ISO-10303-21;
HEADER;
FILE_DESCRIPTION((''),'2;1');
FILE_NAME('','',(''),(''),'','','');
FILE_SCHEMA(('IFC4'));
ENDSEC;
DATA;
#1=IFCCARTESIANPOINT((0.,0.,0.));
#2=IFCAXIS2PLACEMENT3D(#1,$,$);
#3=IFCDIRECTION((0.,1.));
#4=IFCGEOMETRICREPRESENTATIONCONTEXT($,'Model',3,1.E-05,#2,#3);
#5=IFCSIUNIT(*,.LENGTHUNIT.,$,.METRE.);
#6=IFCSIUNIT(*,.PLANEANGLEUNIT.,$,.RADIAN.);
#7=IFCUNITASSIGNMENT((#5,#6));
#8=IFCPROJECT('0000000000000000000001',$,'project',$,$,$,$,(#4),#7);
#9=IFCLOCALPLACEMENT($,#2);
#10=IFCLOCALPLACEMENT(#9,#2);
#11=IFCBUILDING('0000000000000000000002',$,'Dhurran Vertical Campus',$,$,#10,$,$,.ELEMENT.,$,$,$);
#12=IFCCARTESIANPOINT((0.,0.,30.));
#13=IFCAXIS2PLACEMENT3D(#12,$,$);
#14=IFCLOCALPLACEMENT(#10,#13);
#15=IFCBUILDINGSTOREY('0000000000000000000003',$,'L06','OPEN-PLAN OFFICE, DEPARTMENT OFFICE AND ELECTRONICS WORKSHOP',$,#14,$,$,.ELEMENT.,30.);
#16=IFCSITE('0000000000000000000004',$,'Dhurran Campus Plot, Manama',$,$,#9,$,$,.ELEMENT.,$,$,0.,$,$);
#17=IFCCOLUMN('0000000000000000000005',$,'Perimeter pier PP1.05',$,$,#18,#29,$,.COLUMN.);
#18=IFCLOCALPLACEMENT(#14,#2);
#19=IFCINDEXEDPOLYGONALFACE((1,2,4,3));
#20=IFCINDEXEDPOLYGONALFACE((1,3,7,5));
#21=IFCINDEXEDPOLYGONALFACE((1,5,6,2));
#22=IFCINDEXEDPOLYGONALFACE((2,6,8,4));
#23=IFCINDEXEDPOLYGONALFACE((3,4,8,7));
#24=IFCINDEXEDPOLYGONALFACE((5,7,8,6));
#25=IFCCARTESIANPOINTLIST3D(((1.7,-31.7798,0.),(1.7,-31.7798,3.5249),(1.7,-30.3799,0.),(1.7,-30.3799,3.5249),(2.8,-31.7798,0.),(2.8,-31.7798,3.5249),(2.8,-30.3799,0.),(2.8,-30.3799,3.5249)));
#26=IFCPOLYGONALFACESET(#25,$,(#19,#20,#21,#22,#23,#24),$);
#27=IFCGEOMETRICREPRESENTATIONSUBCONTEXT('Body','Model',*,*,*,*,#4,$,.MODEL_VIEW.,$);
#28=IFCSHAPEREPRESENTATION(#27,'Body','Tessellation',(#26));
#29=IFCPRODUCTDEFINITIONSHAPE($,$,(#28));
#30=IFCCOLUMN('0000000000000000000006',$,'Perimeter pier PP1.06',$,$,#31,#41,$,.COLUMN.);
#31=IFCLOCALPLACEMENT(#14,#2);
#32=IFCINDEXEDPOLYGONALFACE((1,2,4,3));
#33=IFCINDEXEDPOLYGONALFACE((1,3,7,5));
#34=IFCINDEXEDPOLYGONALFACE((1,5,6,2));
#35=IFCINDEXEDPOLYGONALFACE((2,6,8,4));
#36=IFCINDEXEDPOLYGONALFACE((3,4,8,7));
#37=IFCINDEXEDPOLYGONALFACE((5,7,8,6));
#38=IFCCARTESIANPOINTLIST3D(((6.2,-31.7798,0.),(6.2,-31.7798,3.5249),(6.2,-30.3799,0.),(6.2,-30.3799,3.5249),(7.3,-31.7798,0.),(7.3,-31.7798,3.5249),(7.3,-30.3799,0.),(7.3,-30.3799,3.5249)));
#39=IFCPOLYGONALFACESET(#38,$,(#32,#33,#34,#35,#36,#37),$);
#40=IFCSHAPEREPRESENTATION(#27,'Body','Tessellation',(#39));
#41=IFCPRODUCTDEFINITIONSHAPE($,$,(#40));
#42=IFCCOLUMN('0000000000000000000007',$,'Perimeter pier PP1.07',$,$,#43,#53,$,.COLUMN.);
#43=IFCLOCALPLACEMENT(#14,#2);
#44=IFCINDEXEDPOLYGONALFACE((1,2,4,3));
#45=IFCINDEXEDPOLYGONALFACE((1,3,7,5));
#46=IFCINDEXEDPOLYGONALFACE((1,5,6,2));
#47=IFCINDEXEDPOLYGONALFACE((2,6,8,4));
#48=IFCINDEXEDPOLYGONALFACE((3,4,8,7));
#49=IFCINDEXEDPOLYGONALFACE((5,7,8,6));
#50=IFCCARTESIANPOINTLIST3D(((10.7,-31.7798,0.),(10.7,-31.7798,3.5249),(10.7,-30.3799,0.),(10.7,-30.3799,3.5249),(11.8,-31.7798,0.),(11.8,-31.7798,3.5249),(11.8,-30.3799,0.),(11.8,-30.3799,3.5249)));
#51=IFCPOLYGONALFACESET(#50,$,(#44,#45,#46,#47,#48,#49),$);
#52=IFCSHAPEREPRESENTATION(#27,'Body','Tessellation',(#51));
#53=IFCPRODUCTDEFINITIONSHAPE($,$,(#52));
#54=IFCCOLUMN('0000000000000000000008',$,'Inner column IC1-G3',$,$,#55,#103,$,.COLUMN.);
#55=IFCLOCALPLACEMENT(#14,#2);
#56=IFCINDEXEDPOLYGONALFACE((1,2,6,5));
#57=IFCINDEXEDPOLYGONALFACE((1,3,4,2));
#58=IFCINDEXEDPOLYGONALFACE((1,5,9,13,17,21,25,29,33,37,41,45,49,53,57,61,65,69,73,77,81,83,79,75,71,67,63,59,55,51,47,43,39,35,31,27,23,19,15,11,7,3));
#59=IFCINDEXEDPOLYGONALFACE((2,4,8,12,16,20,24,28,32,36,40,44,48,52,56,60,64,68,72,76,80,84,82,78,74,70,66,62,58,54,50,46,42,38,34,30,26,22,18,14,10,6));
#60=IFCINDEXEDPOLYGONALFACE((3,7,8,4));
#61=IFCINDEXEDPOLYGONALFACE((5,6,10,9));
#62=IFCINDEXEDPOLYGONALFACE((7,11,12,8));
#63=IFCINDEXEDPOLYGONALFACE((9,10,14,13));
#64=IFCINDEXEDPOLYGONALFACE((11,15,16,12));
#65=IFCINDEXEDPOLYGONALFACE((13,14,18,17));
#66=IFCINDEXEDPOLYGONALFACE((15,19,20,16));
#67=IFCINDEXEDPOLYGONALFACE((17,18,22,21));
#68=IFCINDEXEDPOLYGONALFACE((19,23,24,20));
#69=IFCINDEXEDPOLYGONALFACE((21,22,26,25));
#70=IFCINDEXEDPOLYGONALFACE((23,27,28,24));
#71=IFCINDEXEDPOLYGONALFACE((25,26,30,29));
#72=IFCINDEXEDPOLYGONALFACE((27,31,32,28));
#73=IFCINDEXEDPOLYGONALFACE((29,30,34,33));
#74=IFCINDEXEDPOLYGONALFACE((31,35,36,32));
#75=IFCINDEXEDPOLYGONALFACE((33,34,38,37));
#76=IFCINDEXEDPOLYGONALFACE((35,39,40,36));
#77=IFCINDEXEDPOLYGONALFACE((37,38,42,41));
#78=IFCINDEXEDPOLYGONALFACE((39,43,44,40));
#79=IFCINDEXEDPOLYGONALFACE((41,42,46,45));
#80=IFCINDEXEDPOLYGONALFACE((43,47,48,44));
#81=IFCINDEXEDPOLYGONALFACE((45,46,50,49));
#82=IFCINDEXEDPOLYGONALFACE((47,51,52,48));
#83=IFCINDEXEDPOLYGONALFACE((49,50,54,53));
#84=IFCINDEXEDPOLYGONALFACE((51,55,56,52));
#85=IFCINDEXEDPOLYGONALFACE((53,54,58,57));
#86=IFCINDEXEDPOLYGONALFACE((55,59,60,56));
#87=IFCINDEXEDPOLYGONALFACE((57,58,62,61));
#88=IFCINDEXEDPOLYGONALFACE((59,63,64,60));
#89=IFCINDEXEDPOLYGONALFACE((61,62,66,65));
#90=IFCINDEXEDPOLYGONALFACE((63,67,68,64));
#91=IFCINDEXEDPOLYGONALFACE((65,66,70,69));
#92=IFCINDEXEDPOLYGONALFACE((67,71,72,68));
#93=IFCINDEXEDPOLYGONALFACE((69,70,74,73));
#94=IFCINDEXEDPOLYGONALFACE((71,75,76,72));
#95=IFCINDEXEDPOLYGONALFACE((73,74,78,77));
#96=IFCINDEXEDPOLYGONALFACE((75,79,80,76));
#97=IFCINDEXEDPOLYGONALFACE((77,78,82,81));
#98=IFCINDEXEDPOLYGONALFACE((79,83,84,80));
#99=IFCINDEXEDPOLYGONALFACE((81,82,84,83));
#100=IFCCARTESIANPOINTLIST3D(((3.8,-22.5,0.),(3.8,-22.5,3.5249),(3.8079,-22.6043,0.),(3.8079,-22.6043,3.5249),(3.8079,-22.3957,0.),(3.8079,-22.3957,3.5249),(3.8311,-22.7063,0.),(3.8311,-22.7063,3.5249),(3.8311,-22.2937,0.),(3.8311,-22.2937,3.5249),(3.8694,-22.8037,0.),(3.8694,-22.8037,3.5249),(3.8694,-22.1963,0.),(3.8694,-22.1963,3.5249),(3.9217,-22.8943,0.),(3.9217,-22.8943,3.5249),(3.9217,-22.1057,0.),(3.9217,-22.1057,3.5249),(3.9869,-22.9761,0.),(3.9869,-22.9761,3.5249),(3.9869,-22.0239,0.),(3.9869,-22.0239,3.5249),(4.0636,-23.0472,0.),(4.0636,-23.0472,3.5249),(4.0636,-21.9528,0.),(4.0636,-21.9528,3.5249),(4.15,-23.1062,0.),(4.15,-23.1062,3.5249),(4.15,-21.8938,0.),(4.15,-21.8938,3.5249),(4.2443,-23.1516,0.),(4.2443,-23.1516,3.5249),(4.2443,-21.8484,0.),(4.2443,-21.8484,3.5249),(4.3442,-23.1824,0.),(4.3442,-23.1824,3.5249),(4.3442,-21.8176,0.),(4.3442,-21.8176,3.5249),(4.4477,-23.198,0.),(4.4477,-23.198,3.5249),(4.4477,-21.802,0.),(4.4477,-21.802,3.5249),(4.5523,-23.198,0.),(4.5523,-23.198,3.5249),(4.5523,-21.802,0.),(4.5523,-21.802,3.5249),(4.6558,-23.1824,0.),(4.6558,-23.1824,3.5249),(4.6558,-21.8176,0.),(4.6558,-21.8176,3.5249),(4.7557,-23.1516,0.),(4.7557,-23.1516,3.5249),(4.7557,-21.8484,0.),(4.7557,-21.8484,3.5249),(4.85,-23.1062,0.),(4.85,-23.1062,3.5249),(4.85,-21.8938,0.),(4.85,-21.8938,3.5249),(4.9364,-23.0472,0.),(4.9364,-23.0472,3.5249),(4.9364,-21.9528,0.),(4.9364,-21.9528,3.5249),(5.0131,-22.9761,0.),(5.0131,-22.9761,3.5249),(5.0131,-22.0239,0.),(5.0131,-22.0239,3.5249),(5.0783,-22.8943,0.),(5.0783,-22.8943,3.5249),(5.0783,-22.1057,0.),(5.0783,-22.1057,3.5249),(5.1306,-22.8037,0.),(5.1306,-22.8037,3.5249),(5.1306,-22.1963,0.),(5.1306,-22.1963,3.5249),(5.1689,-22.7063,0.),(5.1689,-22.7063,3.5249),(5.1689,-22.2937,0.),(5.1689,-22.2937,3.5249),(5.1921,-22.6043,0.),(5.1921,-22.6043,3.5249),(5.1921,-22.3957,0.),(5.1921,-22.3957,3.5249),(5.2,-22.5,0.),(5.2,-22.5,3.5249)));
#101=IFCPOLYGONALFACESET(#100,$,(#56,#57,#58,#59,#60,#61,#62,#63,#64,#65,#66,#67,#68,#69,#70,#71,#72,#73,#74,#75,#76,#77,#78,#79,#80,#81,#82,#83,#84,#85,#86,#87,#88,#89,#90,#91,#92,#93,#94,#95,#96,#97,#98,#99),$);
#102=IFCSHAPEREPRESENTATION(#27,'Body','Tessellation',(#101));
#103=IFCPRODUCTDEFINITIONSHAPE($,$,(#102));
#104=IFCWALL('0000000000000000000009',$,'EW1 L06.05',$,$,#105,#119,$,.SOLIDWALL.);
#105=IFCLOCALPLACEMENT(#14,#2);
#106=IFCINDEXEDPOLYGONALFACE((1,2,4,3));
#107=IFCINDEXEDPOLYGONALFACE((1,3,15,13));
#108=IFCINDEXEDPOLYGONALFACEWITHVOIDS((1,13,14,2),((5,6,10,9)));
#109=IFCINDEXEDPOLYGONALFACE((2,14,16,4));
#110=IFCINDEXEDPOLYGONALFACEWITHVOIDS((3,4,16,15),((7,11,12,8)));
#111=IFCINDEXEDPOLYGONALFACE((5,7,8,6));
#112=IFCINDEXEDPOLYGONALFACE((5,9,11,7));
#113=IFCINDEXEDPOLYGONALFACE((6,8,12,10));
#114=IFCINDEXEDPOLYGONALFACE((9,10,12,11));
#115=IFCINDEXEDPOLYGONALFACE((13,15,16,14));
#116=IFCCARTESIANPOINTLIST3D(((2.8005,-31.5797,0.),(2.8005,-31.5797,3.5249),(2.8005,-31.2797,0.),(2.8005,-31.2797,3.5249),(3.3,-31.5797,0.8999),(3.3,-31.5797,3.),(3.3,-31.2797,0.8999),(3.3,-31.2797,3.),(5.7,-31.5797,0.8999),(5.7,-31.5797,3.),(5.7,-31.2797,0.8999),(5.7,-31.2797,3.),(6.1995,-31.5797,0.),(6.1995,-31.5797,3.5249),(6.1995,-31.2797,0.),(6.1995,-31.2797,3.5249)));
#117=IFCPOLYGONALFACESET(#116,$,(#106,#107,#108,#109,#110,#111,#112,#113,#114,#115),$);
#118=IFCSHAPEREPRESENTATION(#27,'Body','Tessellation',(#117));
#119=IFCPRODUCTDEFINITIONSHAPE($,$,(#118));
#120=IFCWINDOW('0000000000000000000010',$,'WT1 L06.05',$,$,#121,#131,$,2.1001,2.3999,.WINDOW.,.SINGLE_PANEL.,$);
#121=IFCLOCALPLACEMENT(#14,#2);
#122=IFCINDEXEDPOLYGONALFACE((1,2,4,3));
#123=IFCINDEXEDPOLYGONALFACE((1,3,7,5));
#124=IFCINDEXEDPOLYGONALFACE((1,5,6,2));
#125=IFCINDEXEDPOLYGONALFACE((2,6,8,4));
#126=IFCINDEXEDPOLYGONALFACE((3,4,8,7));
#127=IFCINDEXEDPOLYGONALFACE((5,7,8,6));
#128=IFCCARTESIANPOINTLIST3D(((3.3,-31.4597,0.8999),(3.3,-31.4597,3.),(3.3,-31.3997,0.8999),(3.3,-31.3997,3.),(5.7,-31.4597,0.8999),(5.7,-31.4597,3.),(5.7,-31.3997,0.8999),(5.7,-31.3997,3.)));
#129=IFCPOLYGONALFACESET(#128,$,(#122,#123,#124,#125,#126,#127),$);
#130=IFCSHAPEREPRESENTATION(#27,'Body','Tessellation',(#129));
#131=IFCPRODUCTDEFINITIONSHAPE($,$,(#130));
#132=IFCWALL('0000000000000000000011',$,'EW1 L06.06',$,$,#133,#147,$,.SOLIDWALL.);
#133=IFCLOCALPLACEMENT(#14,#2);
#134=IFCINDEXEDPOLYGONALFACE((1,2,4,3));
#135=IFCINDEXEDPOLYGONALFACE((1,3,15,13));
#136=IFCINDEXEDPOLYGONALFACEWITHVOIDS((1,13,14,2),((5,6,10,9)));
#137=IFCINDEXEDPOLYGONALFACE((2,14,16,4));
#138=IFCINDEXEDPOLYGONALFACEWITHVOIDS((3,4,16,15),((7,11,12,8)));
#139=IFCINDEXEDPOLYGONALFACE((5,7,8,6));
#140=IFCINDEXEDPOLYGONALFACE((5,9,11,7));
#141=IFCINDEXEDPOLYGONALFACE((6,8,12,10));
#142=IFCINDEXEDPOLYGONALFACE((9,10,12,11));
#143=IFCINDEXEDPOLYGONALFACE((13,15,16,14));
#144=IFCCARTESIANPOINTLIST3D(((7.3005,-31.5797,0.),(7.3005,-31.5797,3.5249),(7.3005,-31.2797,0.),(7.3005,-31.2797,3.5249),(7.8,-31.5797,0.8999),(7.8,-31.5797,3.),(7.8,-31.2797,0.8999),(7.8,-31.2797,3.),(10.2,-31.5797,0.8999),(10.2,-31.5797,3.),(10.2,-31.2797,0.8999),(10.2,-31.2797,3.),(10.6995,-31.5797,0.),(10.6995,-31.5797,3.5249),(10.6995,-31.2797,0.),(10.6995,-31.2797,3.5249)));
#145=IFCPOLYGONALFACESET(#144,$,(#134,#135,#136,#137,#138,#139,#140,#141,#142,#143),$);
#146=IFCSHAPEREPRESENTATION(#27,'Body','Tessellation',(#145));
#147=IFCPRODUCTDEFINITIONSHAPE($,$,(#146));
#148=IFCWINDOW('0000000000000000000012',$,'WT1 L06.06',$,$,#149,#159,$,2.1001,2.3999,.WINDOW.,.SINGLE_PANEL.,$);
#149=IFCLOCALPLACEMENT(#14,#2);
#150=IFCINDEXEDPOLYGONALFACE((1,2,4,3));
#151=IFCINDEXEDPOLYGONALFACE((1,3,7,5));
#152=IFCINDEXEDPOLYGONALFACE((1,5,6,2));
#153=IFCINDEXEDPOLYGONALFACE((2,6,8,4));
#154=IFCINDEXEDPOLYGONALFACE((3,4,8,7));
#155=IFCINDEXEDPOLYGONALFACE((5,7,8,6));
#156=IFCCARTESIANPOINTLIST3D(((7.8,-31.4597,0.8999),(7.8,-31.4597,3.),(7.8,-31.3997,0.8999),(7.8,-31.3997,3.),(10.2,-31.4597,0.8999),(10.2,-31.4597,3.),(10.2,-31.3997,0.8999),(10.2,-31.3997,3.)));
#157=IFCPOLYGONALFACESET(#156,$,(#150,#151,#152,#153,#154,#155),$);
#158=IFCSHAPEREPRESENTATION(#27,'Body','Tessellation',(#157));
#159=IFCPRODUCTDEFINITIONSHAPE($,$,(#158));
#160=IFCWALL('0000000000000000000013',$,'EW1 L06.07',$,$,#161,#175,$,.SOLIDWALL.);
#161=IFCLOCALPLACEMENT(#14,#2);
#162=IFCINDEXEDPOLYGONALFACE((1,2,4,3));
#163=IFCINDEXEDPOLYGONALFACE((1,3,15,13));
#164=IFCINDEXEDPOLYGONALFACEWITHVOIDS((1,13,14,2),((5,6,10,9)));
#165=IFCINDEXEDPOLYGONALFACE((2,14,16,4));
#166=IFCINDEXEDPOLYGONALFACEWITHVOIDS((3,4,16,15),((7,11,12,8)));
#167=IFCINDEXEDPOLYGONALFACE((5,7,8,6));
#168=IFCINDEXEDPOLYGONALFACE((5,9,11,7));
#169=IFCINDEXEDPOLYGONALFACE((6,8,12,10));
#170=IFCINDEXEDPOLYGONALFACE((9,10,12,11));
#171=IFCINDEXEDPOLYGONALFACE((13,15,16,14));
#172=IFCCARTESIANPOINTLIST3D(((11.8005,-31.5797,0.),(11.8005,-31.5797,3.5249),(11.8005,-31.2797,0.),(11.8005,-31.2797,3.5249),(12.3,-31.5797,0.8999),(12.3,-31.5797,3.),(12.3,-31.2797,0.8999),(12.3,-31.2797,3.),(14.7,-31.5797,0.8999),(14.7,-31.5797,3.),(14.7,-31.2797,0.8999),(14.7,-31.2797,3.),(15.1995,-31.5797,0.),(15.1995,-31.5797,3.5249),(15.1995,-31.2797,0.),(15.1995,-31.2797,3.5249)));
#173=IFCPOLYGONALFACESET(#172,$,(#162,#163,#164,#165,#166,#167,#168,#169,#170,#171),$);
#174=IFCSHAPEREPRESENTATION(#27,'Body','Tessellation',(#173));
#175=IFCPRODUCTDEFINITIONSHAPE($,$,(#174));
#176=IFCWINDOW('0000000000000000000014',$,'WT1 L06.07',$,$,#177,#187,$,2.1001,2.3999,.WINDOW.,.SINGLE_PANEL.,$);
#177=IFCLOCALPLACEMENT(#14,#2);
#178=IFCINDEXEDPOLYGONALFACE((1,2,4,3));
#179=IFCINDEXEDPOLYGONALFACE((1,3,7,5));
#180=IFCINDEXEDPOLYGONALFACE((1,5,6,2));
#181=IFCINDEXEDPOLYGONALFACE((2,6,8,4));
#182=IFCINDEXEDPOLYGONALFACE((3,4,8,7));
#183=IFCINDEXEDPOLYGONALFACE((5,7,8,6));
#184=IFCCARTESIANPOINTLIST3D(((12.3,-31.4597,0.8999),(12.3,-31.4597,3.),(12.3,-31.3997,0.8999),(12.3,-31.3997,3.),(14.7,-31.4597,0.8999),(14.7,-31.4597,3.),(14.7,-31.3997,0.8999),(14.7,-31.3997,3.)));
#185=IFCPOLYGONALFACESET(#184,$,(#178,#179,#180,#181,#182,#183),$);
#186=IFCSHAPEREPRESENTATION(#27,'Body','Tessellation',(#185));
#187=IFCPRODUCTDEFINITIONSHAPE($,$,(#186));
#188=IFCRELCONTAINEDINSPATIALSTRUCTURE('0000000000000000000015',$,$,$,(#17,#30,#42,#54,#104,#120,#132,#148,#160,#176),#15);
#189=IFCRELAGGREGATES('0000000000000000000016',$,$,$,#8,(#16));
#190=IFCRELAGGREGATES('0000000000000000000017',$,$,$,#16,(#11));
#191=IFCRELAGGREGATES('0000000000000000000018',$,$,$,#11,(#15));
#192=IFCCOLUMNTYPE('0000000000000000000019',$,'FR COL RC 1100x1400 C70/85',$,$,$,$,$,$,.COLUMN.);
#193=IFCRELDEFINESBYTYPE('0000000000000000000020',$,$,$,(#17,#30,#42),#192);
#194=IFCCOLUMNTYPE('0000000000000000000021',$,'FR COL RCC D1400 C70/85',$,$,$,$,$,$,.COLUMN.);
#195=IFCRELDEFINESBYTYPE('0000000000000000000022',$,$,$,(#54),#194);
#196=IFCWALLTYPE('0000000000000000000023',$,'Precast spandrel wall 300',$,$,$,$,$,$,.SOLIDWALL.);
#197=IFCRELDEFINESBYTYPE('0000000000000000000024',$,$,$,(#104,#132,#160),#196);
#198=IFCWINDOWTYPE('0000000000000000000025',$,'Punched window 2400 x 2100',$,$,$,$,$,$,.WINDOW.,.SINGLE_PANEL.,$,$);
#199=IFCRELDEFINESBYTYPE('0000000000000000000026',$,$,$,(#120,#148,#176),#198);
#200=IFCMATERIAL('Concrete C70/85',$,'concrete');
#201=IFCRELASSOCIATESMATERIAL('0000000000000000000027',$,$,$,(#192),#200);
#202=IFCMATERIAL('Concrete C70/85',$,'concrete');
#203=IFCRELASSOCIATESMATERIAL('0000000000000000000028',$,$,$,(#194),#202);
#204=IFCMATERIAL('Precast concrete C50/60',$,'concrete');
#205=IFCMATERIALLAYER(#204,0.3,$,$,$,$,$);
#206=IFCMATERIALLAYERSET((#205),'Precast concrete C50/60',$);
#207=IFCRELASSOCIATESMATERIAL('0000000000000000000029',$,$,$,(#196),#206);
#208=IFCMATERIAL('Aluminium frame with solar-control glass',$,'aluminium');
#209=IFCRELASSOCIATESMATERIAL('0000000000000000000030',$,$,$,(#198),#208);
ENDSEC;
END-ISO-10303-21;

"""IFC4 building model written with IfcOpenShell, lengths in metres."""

from ifc_helpers import new_model, si_unit, direction, frame, frame_2d, origin, origin_2d, place, context, subcontext, project, spatial, rectangle, circle, extrude, material, layer, layer_set, material_profile, profile_set, type_object, element, fill, save


model = new_model("IFC4")

# Units and contexts
model_context = context("Model", 3, precision=1e-05, world=origin(), true_north=direction((0.0, 1.0)))
body_context = subcontext(model_context, "Body", "Model", "MODEL_VIEW")
ifc_project = project(units=[si_unit("LENGTHUNIT", "METRE"), si_unit("PLANEANGLEUNIT", "RADIAN")], contexts=[model_context])

# Site, building, storey
site_placement = place(None, origin())
site = spatial("IfcSite", under=ifc_project, at=site_placement, Name="Dhurran Campus Plot, Manama", CompositionType="ELEMENT", RefElevation=0.0)
building_placement = place(site_placement, origin())
building = spatial("IfcBuilding", under=site, at=building_placement, Name="Dhurran Vertical Campus", CompositionType="ELEMENT")
storey_placement = place(building_placement, frame((0.0, 0.0, 30.0)))
storey = spatial("IfcBuildingStorey", under=building, at=storey_placement, Name="L06", Description="OPEN-PLAN OFFICE, DEPARTMENT OFFICE AND ELECTRONICS WORKSHOP", CompositionType="ELEMENT", Elevation=30.0)

# Columns
ifc_material_1 = material(Name="Concrete C70/85", Category="concrete")
ifc_material_profile_1 = material_profile(ifc_material_1, rectangle(XDim=1.1001, YDim=1.3999, at=origin_2d()), Name="RC 1100x1400")
ifc_profile_set_1 = profile_set([ifc_material_profile_1], Name="Concrete C70/85")
column_type_1 = type_object("IfcColumnType", Name="FR COL RC 1100x1400 C70/85", PredefinedType="COLUMN", material=ifc_profile_set_1)
for number, where, z_axis, x_axis, name in (
    (1, (2.25, -31.0798, 0.0), (0.0, 0.0, 1.0), (1.0, 0.0, 0.0), "Perimeter pier PP1.05"),
    (2, (6.75, -31.0798, 0.0), (0.0, 0.0, 1.0), (1.0, 0.0, 0.0), "Perimeter pier PP1.06"),
    (3, (11.25, -31.0798, 0.0), (0.0, 0.0, 1.0), (1.0, 0.0, 0.0), "Perimeter pier PP1.07"),
):
    element("IfcColumn", number, at=place(storey_placement, frame(where, z_axis=z_axis, x_axis=x_axis)), inside=storey, type_object=column_type_1, Name=name, PredefinedType="COLUMN", context=body_context, shape_type="SweptSolid", body=[
        extrude(rectangle(XDim=1.1001, YDim=1.3999, at=origin_2d()), origin(), (0.0, 0.0, 1.0), 3.5249),
    ])
ifc_material_2 = material(Name="Concrete C70/85", Category="concrete")
ifc_material_profile_2 = material_profile(ifc_material_2, circle(Radius=0.7, at=origin_2d()), Name="RCC D1400")
ifc_profile_set_2 = profile_set([ifc_material_profile_2], Name="Concrete C70/85")
column_type_2 = type_object("IfcColumnType", Name="FR COL RCC D1400 C70/85", PredefinedType="COLUMN", material=ifc_profile_set_2)
column_placement = place(storey_placement, frame((4.5, -22.5, 0.0), z_axis=(0.0, 0.0, 1.0), x_axis=(1.0, 0.0, 0.0)))
element("IfcColumn", 4, at=column_placement, inside=storey, type_object=column_type_2, Name="Inner column IC1-G3", PredefinedType="COLUMN", context=body_context, shape_type="SweptSolid", body=[
    extrude(circle(Radius=0.7, at=origin_2d()), origin(), (0.0, 0.0, 1.0), 3.5249),
])

# Walls, openings, windows
ifc_material_3 = material(Name="Precast concrete C50/60", Category="concrete")
ifc_layer_1 = layer(ifc_material_3, 0.3)
ifc_layer_set_1 = layer_set([ifc_layer_1], Name="Precast concrete C50/60")
wall_type_1 = type_object("IfcWallType", Name="Precast spandrel wall 300", PredefinedType="SOLIDWALL", material=ifc_layer_set_1)
wall_1_placement = place(storey_placement, frame((2.8005, -31.4297, 0.0), z_axis=(0.0, 0.0, 1.0), x_axis=(1.0, 0.0, 0.0)))
wall_1 = element("IfcWall", 5, at=wall_1_placement, inside=storey, type_object=wall_type_1, Name="EW1 L06.05", PredefinedType="SOLIDWALL", context=body_context, shape_type="SweptSolid", body=[
    extrude(rectangle(XDim=3.3989, YDim=0.3, at=frame_2d((1.6995, 0.0))), origin(), (0.0, 0.0, 1.0), 3.5249),
])
opening_1_placement = place(wall_1_placement, frame((0.4995, 0.0, 0.8999)))
opening_1 = element("IfcOpeningElement", 6, at=opening_1_placement, cuts=wall_1, PredefinedType="OPENING", context=body_context, shape_type="SweptSolid", body=[
    extrude(rectangle(XDim=2.3999, YDim=2.1001, at=frame_2d((1.2, 1.05))), frame((0.0, 0.1599, 0.0), z_axis=(0.0, -1.0, 0.0), x_axis=(1.0, 0.0, 0.0)), (0.0, 0.0, 1.0), 0.3201),
])
ifc_material_4 = material(Name="Aluminium frame with solar-control glass", Category="aluminium")
window_type = type_object("IfcWindowType", Name="Punched window 2400 x 2100", PartitioningType="SINGLE_PANEL", PredefinedType="WINDOW", material=ifc_material_4)
window_1_placement = place(opening_1_placement, origin())
window_1 = element("IfcWindow", 7, at=window_1_placement, inside=storey, type_object=window_type, Name="WT1 L06.05", OverallHeight=2.1001, OverallWidth=2.3999, PartitioningType="SINGLE_PANEL", PredefinedType="WINDOW", context=body_context, shape_type="SweptSolid", body=[
    extrude(rectangle(XDim=2.3999, YDim=2.1001, at=frame_2d((1.2, 1.05))), frame((0.0, 0.03, 0.0), z_axis=(0.0, -1.0, 0.0), x_axis=(1.0, 0.0, 0.0)), (0.0, 0.0, 1.0), 0.0601),
])
fill(opening_1, window_1)
wall_2_placement = place(storey_placement, frame((7.3005, -31.4297, 0.0), z_axis=(0.0, 0.0, 1.0), x_axis=(1.0, 0.0, 0.0)))
wall_2 = element("IfcWall", 8, at=wall_2_placement, inside=storey, type_object=wall_type_1, Name="EW1 L06.06", PredefinedType="SOLIDWALL", context=body_context, shape_type="SweptSolid", body=[
    extrude(rectangle(XDim=3.3989, YDim=0.3, at=frame_2d((1.6995, 0.0))), origin(), (0.0, 0.0, 1.0), 3.5249),
])
opening_2_placement = place(wall_2_placement, frame((0.4995, 0.0, 0.8999)))
opening_2 = element("IfcOpeningElement", 9, at=opening_2_placement, cuts=wall_2, PredefinedType="OPENING", context=body_context, shape_type="SweptSolid", body=[
    extrude(rectangle(XDim=2.3999, YDim=2.1001, at=frame_2d((1.2, 1.05))), frame((0.0, 0.1599, 0.0), z_axis=(0.0, -1.0, 0.0), x_axis=(1.0, 0.0, 0.0)), (0.0, 0.0, 1.0), 0.3201),
])
window_2_placement = place(opening_2_placement, origin())
window_2 = element("IfcWindow", 10, at=window_2_placement, inside=storey, type_object=window_type, Name="WT1 L06.06", OverallHeight=2.1001, OverallWidth=2.3999, PartitioningType="SINGLE_PANEL", PredefinedType="WINDOW", context=body_context, shape_type="SweptSolid", body=[
    extrude(rectangle(XDim=2.3999, YDim=2.1001, at=frame_2d((1.2, 1.05))), frame((0.0, 0.03, 0.0), z_axis=(0.0, -1.0, 0.0), x_axis=(1.0, 0.0, 0.0)), (0.0, 0.0, 1.0), 0.0601),
])
fill(opening_2, window_2)
wall_3_placement = place(storey_placement, frame((11.8005, -31.4297, 0.0), z_axis=(0.0, 0.0, 1.0), x_axis=(1.0, 0.0, 0.0)))
wall_3 = element("IfcWall", 11, at=wall_3_placement, inside=storey, type_object=wall_type_1, Name="EW1 L06.07", PredefinedType="SOLIDWALL", context=body_context, shape_type="SweptSolid", body=[
    extrude(rectangle(XDim=3.3989, YDim=0.3, at=frame_2d((1.6995, 0.0))), origin(), (0.0, 0.0, 1.0), 3.5249),
])
opening_3_placement = place(wall_3_placement, frame((0.4995, 0.0, 0.8999)))
opening_3 = element("IfcOpeningElement", 12, at=opening_3_placement, cuts=wall_3, PredefinedType="OPENING", context=body_context, shape_type="SweptSolid", body=[
    extrude(rectangle(XDim=2.3999, YDim=2.1001, at=frame_2d((1.2, 1.05))), frame((0.0, 0.1599, 0.0), z_axis=(0.0, -1.0, 0.0), x_axis=(1.0, 0.0, 0.0)), (0.0, 0.0, 1.0), 0.3201),
])
window_3_placement = place(opening_3_placement, origin())
window_3 = element("IfcWindow", 13, at=window_3_placement, inside=storey, type_object=window_type, Name="WT1 L06.07", OverallHeight=2.1001, OverallWidth=2.3999, PartitioningType="SINGLE_PANEL", PredefinedType="WINDOW", context=body_context, shape_type="SweptSolid", body=[
    extrude(rectangle(XDim=2.3999, YDim=2.1001, at=frame_2d((1.2, 1.05))), frame((0.0, 0.03, 0.0), z_axis=(0.0, -1.0, 0.0), x_axis=(1.0, 0.0, 0.0)), (0.0, 0.0, 1.0), 0.0601),
])
fill(opening_3, window_3)

save(model, "model.ifc")
